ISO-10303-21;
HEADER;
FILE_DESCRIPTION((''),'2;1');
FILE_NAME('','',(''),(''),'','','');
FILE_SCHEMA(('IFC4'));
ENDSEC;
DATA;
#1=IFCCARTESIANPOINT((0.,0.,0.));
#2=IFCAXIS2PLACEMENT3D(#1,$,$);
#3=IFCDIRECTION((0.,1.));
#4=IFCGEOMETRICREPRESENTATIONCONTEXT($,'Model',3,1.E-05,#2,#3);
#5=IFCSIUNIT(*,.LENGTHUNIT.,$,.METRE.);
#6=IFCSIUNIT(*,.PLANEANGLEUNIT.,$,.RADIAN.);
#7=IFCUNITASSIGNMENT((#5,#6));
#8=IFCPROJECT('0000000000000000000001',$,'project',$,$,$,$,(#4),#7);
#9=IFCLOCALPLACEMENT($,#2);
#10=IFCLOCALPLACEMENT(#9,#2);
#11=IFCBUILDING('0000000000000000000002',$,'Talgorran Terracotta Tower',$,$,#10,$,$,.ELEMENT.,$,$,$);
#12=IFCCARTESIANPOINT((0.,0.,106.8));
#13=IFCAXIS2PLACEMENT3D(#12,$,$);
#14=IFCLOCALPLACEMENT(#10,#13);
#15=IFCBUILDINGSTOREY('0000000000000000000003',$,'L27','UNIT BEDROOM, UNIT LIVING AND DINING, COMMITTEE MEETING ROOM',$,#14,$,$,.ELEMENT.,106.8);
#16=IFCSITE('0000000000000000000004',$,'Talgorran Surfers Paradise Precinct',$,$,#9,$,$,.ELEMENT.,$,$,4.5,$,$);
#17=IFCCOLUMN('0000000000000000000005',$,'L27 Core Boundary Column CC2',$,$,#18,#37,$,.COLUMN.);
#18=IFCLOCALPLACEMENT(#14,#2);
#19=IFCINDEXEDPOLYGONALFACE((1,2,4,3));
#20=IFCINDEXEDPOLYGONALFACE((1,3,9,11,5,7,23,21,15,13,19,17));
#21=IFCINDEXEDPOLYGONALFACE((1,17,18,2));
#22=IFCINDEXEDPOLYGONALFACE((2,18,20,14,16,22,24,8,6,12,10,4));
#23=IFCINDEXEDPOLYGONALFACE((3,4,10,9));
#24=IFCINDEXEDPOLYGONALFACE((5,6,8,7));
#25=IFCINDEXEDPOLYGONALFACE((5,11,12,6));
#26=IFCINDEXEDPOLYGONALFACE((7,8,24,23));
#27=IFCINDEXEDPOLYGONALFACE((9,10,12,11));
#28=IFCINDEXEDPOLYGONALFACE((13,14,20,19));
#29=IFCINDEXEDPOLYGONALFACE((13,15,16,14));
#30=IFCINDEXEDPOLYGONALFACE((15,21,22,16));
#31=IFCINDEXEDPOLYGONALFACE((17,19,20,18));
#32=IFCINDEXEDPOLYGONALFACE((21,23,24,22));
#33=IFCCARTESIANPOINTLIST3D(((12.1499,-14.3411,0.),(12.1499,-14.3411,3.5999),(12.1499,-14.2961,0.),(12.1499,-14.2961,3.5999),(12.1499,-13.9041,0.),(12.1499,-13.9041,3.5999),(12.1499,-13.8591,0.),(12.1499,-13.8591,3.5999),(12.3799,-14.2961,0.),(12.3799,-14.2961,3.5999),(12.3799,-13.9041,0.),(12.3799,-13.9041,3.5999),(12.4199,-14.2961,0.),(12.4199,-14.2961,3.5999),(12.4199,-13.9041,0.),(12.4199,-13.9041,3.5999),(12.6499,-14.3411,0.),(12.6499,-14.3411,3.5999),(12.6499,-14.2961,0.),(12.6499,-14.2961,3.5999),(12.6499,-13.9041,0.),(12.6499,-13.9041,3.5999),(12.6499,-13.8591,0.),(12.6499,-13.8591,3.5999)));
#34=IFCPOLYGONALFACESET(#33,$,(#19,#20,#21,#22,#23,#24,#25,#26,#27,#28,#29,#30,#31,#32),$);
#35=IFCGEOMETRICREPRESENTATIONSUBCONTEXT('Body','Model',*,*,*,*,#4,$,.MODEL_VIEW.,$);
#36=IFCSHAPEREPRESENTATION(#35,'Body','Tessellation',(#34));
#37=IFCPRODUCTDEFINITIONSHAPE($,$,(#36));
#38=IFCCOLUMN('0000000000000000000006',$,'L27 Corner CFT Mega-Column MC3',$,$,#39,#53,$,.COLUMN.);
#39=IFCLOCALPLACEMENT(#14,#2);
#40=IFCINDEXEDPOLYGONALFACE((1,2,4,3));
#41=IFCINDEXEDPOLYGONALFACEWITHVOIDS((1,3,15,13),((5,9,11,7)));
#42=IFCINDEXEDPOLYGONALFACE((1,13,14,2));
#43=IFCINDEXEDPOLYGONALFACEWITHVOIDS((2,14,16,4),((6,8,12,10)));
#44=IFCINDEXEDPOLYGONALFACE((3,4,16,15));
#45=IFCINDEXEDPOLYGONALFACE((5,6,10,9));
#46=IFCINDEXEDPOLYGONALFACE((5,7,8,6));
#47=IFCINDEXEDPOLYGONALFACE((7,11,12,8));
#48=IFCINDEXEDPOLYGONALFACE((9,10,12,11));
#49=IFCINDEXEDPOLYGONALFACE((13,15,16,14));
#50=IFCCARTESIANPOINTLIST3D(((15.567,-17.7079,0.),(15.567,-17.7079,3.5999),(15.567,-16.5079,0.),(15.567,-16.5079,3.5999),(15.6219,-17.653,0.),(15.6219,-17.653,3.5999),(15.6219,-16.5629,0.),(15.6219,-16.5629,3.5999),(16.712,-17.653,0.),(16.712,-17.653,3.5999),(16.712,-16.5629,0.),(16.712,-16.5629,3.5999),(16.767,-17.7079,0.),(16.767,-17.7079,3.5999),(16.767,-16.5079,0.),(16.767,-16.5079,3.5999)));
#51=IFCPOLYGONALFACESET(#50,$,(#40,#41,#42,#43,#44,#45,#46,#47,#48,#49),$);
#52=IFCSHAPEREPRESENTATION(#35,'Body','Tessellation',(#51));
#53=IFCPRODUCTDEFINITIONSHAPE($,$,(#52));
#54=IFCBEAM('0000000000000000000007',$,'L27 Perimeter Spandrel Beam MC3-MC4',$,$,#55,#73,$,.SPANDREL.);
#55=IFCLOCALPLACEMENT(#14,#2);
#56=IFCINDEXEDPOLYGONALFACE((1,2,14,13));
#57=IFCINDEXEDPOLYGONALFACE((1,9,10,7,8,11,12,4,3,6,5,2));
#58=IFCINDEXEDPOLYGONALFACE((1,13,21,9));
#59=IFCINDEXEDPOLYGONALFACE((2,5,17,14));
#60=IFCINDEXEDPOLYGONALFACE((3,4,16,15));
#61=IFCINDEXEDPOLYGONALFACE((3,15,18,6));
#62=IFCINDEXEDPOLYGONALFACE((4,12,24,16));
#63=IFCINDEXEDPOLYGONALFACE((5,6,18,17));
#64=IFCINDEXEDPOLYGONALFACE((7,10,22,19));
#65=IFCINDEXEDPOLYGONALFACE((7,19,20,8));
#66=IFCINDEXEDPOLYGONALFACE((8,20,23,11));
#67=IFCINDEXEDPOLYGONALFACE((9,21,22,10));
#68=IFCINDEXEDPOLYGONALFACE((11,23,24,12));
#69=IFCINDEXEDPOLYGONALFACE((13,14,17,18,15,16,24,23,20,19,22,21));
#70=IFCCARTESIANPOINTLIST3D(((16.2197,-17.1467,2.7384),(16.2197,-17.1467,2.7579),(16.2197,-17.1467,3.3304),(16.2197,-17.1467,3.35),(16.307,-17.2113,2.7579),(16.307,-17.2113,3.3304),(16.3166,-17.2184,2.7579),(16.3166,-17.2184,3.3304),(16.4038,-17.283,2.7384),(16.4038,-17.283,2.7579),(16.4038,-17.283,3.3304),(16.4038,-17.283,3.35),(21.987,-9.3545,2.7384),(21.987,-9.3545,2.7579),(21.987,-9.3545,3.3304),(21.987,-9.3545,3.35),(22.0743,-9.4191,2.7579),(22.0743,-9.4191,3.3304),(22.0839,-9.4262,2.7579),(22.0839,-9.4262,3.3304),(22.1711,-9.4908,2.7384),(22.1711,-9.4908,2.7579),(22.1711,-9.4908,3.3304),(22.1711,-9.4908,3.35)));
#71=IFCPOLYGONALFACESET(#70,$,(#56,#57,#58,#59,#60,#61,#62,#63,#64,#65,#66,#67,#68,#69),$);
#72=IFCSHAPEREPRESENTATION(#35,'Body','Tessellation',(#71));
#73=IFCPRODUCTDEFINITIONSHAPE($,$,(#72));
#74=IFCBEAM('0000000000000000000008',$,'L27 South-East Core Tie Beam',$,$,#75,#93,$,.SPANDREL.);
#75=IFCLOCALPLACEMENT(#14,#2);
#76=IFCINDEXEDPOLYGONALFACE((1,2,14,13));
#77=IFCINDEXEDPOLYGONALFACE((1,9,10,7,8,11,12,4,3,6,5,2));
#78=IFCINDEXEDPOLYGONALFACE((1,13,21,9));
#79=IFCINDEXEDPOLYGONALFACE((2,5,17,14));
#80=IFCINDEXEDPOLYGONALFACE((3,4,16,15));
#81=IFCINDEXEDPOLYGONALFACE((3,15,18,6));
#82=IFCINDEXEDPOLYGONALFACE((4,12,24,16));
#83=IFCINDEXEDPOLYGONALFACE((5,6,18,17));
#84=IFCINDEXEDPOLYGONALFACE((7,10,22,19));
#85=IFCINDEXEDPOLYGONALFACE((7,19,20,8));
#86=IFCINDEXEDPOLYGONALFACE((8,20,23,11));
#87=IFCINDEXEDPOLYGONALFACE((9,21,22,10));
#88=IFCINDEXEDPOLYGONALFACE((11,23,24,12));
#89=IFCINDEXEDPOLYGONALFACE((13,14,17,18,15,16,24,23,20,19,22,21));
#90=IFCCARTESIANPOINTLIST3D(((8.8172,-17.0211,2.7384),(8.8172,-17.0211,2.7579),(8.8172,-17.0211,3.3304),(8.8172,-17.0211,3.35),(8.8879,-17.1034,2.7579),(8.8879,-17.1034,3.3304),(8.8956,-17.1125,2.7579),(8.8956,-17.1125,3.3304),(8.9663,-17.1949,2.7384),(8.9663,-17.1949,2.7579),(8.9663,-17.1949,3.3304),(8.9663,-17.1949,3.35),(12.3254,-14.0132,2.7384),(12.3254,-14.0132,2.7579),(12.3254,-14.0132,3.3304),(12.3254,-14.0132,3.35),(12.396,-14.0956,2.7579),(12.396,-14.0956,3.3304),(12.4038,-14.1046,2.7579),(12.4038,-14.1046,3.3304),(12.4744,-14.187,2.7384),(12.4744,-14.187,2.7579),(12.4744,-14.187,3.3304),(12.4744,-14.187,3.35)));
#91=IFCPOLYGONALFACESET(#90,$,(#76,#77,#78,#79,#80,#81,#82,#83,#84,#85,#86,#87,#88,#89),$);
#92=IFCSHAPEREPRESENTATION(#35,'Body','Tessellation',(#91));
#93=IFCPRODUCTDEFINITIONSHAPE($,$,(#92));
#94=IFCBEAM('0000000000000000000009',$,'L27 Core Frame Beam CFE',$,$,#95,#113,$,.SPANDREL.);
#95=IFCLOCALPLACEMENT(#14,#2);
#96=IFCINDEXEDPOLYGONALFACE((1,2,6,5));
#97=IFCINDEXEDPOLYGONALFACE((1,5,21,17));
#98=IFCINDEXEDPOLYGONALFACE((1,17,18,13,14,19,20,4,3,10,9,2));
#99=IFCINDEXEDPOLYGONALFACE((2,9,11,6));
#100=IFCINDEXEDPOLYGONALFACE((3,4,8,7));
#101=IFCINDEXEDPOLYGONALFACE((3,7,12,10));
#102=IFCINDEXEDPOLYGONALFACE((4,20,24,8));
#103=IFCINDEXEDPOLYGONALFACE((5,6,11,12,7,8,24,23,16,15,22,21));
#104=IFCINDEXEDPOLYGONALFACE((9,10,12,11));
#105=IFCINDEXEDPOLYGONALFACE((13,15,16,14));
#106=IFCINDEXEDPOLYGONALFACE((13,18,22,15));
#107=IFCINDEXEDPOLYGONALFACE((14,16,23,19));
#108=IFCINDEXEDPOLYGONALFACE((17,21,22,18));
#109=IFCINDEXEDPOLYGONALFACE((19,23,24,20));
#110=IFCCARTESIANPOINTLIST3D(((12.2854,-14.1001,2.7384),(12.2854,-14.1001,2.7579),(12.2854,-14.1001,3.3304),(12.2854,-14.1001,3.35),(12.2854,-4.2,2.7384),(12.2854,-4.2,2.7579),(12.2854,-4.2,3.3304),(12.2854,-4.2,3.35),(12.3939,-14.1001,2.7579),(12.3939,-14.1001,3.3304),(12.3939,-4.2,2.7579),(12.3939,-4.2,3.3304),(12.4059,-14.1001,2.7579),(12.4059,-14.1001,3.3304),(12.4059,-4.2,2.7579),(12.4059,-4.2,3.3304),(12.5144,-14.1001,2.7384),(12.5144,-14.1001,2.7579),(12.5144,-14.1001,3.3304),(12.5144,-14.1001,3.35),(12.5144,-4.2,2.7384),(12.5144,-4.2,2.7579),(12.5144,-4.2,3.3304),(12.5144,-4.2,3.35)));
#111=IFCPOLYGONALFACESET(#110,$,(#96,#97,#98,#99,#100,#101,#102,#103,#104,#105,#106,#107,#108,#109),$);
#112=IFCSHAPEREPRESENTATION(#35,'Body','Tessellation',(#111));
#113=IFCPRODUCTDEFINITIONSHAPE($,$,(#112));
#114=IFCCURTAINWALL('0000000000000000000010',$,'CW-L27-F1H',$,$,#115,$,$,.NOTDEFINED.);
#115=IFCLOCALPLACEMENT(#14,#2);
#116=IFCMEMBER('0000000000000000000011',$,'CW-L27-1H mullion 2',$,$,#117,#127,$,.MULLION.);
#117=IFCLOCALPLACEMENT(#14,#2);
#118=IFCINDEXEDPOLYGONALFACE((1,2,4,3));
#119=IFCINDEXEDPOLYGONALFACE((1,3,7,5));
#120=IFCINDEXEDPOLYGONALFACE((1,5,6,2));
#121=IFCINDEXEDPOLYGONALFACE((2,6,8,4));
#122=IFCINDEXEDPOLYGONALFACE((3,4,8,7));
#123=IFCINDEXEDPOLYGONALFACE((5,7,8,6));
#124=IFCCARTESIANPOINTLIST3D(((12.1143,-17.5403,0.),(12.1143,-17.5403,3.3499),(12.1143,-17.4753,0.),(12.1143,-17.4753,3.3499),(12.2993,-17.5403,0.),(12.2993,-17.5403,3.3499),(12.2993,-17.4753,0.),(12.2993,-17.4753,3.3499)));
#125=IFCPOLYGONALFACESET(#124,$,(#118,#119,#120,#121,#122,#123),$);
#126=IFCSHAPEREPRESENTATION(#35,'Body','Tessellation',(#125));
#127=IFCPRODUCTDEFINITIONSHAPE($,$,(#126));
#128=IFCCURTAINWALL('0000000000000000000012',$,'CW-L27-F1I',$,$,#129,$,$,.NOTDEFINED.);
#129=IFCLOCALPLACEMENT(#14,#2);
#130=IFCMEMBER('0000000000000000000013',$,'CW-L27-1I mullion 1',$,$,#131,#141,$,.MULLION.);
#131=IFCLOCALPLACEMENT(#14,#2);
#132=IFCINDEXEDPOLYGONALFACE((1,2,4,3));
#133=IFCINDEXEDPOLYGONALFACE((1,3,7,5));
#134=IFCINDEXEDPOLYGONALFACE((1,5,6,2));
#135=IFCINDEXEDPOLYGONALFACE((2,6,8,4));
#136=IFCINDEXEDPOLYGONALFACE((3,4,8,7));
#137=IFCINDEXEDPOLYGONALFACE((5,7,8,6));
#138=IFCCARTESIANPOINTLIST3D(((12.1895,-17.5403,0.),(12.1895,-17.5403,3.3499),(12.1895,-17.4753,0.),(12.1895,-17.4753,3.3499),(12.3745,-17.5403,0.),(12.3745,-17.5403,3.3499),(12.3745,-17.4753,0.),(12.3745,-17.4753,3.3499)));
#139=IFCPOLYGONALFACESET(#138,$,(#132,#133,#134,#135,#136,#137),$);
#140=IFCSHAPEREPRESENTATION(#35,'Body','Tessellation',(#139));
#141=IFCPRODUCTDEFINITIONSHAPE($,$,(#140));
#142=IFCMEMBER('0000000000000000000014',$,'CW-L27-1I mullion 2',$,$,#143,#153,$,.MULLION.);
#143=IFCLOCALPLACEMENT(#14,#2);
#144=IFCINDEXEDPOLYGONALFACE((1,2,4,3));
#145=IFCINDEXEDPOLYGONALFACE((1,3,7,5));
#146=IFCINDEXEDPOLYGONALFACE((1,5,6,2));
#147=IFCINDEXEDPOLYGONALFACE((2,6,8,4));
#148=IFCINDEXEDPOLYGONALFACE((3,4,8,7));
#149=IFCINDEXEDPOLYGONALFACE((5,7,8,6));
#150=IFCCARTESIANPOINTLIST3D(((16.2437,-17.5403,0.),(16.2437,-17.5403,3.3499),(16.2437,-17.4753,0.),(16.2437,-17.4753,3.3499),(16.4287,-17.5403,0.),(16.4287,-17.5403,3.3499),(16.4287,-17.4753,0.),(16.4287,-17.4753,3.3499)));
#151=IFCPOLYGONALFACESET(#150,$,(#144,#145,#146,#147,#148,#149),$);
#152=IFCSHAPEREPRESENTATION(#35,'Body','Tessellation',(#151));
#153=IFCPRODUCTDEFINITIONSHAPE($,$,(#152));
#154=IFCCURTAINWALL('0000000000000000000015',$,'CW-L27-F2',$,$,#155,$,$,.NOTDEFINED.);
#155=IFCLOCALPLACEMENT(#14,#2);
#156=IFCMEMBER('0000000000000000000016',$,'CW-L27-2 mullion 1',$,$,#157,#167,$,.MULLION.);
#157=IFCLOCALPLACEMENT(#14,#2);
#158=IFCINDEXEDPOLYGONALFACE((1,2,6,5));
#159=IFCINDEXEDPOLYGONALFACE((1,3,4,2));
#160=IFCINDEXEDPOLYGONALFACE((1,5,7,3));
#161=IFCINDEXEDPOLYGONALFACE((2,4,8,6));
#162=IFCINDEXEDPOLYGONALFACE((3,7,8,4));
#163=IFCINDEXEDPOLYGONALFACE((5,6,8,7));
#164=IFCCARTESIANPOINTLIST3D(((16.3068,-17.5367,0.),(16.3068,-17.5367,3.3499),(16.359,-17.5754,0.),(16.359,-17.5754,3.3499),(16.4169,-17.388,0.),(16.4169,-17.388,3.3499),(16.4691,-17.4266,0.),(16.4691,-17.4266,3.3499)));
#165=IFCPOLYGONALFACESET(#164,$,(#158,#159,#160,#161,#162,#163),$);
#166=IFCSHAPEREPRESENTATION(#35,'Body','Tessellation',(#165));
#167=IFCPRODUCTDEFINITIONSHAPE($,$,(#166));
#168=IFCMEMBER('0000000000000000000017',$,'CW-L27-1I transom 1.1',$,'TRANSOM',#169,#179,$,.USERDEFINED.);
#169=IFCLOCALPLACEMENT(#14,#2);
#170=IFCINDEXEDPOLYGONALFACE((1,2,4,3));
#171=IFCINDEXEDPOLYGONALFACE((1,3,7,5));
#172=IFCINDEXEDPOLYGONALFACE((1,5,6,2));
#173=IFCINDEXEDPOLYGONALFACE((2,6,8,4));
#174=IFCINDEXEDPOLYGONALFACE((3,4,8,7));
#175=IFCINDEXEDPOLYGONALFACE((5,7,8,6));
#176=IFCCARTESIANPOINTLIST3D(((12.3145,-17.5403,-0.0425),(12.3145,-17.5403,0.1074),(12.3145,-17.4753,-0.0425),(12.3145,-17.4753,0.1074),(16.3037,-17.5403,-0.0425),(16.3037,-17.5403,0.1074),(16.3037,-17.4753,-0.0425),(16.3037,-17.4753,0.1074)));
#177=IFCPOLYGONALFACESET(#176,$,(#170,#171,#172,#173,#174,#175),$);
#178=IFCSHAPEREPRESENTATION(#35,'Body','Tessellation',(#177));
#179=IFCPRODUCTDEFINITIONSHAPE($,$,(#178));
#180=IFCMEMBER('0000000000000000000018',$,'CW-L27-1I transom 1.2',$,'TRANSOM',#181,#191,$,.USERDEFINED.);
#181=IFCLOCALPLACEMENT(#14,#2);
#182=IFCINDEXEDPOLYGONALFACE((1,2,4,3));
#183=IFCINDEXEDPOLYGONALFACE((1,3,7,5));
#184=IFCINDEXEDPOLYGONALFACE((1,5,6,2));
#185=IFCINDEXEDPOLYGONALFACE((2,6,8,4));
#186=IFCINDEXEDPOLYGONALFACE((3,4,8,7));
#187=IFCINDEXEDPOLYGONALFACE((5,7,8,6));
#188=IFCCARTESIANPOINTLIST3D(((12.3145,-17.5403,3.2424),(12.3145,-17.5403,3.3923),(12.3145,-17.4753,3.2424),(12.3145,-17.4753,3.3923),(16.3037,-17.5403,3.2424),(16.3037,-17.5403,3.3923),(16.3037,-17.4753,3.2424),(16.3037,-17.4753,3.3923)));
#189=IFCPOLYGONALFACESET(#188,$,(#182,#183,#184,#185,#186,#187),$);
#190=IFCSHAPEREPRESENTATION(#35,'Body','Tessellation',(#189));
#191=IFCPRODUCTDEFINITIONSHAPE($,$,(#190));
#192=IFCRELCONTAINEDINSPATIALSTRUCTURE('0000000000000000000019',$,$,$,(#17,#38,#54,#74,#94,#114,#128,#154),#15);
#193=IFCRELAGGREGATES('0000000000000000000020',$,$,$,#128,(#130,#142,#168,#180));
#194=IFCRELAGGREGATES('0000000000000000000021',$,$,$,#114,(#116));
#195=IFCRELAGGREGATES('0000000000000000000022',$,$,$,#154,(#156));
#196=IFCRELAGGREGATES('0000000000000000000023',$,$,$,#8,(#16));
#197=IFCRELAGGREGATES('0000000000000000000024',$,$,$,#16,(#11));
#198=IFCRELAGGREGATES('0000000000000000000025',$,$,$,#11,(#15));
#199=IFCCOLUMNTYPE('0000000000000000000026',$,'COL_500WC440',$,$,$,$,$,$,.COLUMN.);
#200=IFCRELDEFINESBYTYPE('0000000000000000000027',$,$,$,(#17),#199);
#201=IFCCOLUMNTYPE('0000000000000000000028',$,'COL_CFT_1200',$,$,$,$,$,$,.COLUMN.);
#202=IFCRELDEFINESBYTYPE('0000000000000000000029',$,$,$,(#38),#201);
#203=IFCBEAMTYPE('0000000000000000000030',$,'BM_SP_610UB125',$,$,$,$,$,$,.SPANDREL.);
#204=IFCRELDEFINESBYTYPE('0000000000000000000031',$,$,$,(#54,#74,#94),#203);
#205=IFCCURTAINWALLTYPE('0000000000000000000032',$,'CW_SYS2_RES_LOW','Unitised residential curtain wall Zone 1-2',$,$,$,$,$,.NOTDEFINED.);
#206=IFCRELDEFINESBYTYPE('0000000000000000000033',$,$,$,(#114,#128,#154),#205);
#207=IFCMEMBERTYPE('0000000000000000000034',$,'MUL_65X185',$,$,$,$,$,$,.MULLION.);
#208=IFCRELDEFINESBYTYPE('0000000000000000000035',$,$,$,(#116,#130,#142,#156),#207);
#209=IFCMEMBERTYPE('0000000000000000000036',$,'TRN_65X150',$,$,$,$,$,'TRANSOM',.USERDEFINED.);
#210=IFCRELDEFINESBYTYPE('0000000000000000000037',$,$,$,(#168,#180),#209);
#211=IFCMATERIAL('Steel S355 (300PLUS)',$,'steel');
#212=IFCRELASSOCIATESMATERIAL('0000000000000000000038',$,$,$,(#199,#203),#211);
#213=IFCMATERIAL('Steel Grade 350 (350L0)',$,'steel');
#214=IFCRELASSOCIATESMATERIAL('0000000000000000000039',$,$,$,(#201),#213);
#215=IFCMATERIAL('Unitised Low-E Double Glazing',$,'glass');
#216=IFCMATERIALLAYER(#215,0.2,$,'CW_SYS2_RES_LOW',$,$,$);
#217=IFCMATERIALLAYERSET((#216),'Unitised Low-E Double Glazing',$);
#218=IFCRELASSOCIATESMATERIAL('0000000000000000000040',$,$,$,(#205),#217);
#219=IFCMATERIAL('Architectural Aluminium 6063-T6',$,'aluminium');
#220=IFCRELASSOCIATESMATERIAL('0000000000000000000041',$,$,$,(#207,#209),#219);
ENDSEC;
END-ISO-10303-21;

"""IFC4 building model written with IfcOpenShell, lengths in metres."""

from ifc_helpers import new_model, si_unit, direction, frame, origin, origin_2d, place, context, subcontext, project, spatial, rectangle, hollow_rectangle, i_section, extrude, material, layer, layer_set, material_profile, profile_set, type_object, element, aggregate, save


model = new_model("IFC4")

# Units and contexts
model_context = context("Model", 3, precision=1e-05, world=origin(), true_north=direction((0.0, 1.0)))
body_context = subcontext(model_context, "Body", "Model", "MODEL_VIEW")
ifc_project = project(units=[si_unit("LENGTHUNIT", "METRE"), si_unit("PLANEANGLEUNIT", "RADIAN")], contexts=[model_context])

# Site, building, storey
site_placement = place(None, origin())
site = spatial("IfcSite", under=ifc_project, at=site_placement, Name="Talgorran Surfers Paradise Precinct", CompositionType="ELEMENT", RefElevation=4.5)
building_placement = place(site_placement, origin())
building = spatial("IfcBuilding", under=site, at=building_placement, Name="Talgorran Terracotta Tower", CompositionType="ELEMENT")
storey_placement = place(building_placement, frame((0.0, 0.0, 106.8)))
storey = spatial("IfcBuildingStorey", under=building, at=storey_placement, Name="L27", Description="UNIT BEDROOM, UNIT LIVING AND DINING, COMMITTEE MEETING ROOM", CompositionType="ELEMENT", Elevation=106.8)

# Columns
ifc_material_1 = material(Name="Steel S355 (300PLUS)", Category="steel")
ifc_material_profile_1 = material_profile(ifc_material_1, i_section(OverallWidth=0.5, OverallDepth=0.4819, WebThickness=0.04, FlangeThickness=0.0449, at=origin_2d()), Name="500WC440")
ifc_profile_set_1 = profile_set([ifc_material_profile_1], Name="Steel S355 (300PLUS)")
column_type_1 = type_object("IfcColumnType", Name="COL_500WC440", PredefinedType="COLUMN", material=ifc_profile_set_1)
column_1_placement = place(storey_placement, frame((12.3999, -14.1001, 0.0), z_axis=(0.0, 0.0, 1.0), x_axis=(1.0, 0.0, 0.0)))
element("IfcColumn", 1, at=column_1_placement, inside=storey, type_object=column_type_1, Name="L27 Core Boundary Column CC2", PredefinedType="COLUMN", context=body_context, shape_type="SweptSolid", body=[
    extrude(i_section(OverallWidth=0.5, OverallDepth=0.4819, WebThickness=0.04, FlangeThickness=0.0449, at=origin_2d()), origin(), (0.0, 0.0, 1.0), 3.5999),
])
ifc_material_2 = material(Name="Steel Grade 350 (350L0)", Category="steel")
ifc_material_profile_2 = material_profile(ifc_material_2, hollow_rectangle(XDim=1.2, YDim=1.2, WallThickness=0.0549, at=origin_2d()), Name="CFT1200X1200X55")
ifc_profile_set_2 = profile_set([ifc_material_profile_2], Name="Steel Grade 350 (350L0)")
column_type_2 = type_object("IfcColumnType", Name="COL_CFT_1200", PredefinedType="COLUMN", material=ifc_profile_set_2)
column_2_placement = place(storey_placement, frame((16.167, -17.1079, 0.0), z_axis=(0.0, 0.0, 1.0), x_axis=(1.0, 0.0, 0.0)))
element("IfcColumn", 2, at=column_2_placement, inside=storey, type_object=column_type_2, Name="L27 Corner CFT Mega-Column MC3", PredefinedType="COLUMN", context=body_context, shape_type="SweptSolid", body=[
    extrude(hollow_rectangle(XDim=1.2, YDim=1.2, WallThickness=0.0549, at=origin_2d()), origin(), (0.0, 0.0, 1.0), 3.5999),
])

# Beams
ifc_material_profile_3 = material_profile(ifc_material_1, i_section(OverallWidth=0.229, OverallDepth=0.6116, WebThickness=0.012, FlangeThickness=0.0195, at=origin_2d()), Name="610UB125")
ifc_profile_set_3 = profile_set([ifc_material_profile_3], Name="Steel S355 (300PLUS)")
beam_type = type_object("IfcBeamType", Name="BM_SP_610UB125", PredefinedType="SPANDREL", material=ifc_profile_set_3)
beam_1_placement = place(storey_placement, frame((16.3118, -17.2148, 3.0442), z_axis=(0.594915, 0.803789, 0.0), x_axis=(-0.803789, 0.594915, 0.0)))
element("IfcBeam", 3, at=beam_1_placement, inside=storey, type_object=beam_type, Name="L27 Perimeter Spandrel Beam MC3-MC4", PredefinedType="SPANDREL", context=body_context, shape_type="SweptSolid", body=[
    extrude(i_section(OverallWidth=0.229, OverallDepth=0.6116, WebThickness=0.012, FlangeThickness=0.0195, at=origin_2d()), origin(), (0.0, 0.0, 1.0), 9.6943),
])
beam_2_placement = place(storey_placement, frame((12.3999, -14.1001, 3.0442), z_axis=(-0.75916, -0.650904, 0.0), x_axis=(0.650904, -0.75916, 0.0)))
element("IfcBeam", 4, at=beam_2_placement, inside=storey, type_object=beam_type, Name="L27 South-East Core Tie Beam", PredefinedType="SPANDREL", context=body_context, shape_type="SweptSolid", body=[
    extrude(i_section(OverallWidth=0.229, OverallDepth=0.6116, WebThickness=0.012, FlangeThickness=0.0195, at=origin_2d()), origin(), (0.0, 0.0, 1.0), 4.6211),
])
beam_3_placement = place(storey_placement, frame((12.3999, -14.1001, 3.0442), z_axis=(0.0, 1.0, 0.0), x_axis=(-1.0, 0.0, 0.0)))
element("IfcBeam", 5, at=beam_3_placement, inside=storey, type_object=beam_type, Name="L27 Core Frame Beam CFE", PredefinedType="SPANDREL", context=body_context, shape_type="SweptSolid", body=[
    extrude(i_section(OverallWidth=0.229, OverallDepth=0.6116, WebThickness=0.012, FlangeThickness=0.0195, at=origin_2d()), origin(), (0.0, 0.0, 1.0), 9.9001),
])

# Curtain wall, member
ifc_material_3 = material(Name="Unitised Low-E Double Glazing", Category="glass")
ifc_layer_1 = layer(ifc_material_3, 0.2, Name="CW_SYS2_RES_LOW")
ifc_layer_set_1 = layer_set([ifc_layer_1], Name="Unitised Low-E Double Glazing")
curtain_wall_type = type_object("IfcCurtainWallType", Name="CW_SYS2_RES_LOW", Description="Unitised residential curtain wall Zone 1-2", PredefinedType="NOTDEFINED", material=ifc_layer_set_1)
curtain_wall_1_placement = place(storey_placement, origin())
curtain_wall_1 = element("IfcCurtainWall", 6, at=curtain_wall_1_placement, inside=storey, type_object=curtain_wall_type, Name="CW-L27-F1H", PredefinedType="NOTDEFINED")
ifc_material_4 = material(Name="Architectural Aluminium 6063-T6", Category="aluminium")
ifc_material_profile_4 = material_profile(ifc_material_4, rectangle(XDim=0.0649, YDim=0.1851, at=origin_2d()), Name="CWM65X185")
ifc_profile_set_4 = profile_set([ifc_material_profile_4], Name="Architectural Aluminium 6063-T6")
member_type_1 = type_object("IfcMemberType", Name="MUL_65X185", PredefinedType="MULLION", material=ifc_profile_set_4)
member_1_placement = place(storey_placement, frame((12.2068, -17.5078, 0.0), z_axis=(0.0, 0.0, 1.0), x_axis=(0.0, 1.0, 0.0)))
member_1 = element("IfcMember", 7, at=member_1_placement, type_object=member_type_1, Name="CW-L27-1H mullion 2", PredefinedType="MULLION", context=body_context, shape_type="SweptSolid", body=[
    extrude(rectangle(XDim=0.0649, YDim=0.1851, at=origin_2d()), origin(), (0.0, 0.0, 1.0), 3.3499),
])

# Curtain wall, members
curtain_wall_2_placement = place(storey_placement, origin())
curtain_wall_2 = element("IfcCurtainWall", 8, at=curtain_wall_2_placement, inside=storey, type_object=curtain_wall_type, Name="CW-L27-F1I", PredefinedType="NOTDEFINED")
member_2_placement = place(storey_placement, frame((12.282, -17.5078, 0.0), z_axis=(0.0, 0.0, 1.0), x_axis=(0.0, 1.0, 0.0)))
member_2 = element("IfcMember", 9, at=member_2_placement, type_object=member_type_1, Name="CW-L27-1I mullion 1", PredefinedType="MULLION", context=body_context, shape_type="SweptSolid", body=[
    extrude(rectangle(XDim=0.0649, YDim=0.1851, at=origin_2d()), origin(), (0.0, 0.0, 1.0), 3.3499),
])
member_3_placement = place(storey_placement, frame((16.3362, -17.5078, 0.0), z_axis=(0.0, 0.0, 1.0), x_axis=(0.0, 1.0, 0.0)))
member_3 = element("IfcMember", 10, at=member_3_placement, type_object=member_type_1, Name="CW-L27-1I mullion 2", PredefinedType="MULLION", context=body_context, shape_type="SweptSolid", body=[
    extrude(rectangle(XDim=0.0649, YDim=0.1851, at=origin_2d()), origin(), (0.0, 0.0, 1.0), 3.3499),
])

# Curtain wall, member
curtain_wall_3_placement = place(storey_placement, origin())
curtain_wall_3 = element("IfcCurtainWall", 11, at=curtain_wall_3_placement, inside=storey, type_object=curtain_wall_type, Name="CW-L27-F2", PredefinedType="NOTDEFINED")
member_4_placement = place(storey_placement, frame((16.3879, -17.4817, 0.0), z_axis=(0.0, 0.0, 1.0), x_axis=(-0.803792, 0.594911, 0.0)))
member_4 = element("IfcMember", 12, at=member_4_placement, type_object=member_type_1, Name="CW-L27-2 mullion 1", PredefinedType="MULLION", context=body_context, shape_type="SweptSolid", body=[
    extrude(rectangle(XDim=0.0649, YDim=0.1851, at=origin_2d()), origin(), (0.0, 0.0, 1.0), 3.3499),
])

# Members
ifc_material_profile_5 = material_profile(ifc_material_4, rectangle(XDim=0.0649, YDim=0.1499, at=origin_2d()), Name="CWT65X150")
ifc_profile_set_5 = profile_set([ifc_material_profile_5], Name="Architectural Aluminium 6063-T6")
member_type_2 = type_object("IfcMemberType", Name="TRN_65X150", ElementType="TRANSOM", PredefinedType="USERDEFINED", material=ifc_profile_set_5)
member_5_placement = place(storey_placement, frame((12.3145, -17.5078, 0.0325), z_axis=(1.0, 0.0, 0.0), x_axis=(0.0, 1.0, 0.0)))
member_5 = element("IfcMember", 13, at=member_5_placement, type_object=member_type_2, Name="CW-L27-1I transom 1.1", ObjectType="TRANSOM", PredefinedType="USERDEFINED", context=body_context, shape_type="SweptSolid", body=[
    extrude(rectangle(XDim=0.0649, YDim=0.1499, at=origin_2d()), origin(), (0.0, 0.0, 1.0), 3.9893),
])
member_6_placement = place(storey_placement, frame((12.3145, -17.5078, 3.3174), z_axis=(1.0, 0.0, 0.0), x_axis=(0.0, 1.0, 0.0)))
member_6 = element("IfcMember", 14, at=member_6_placement, type_object=member_type_2, Name="CW-L27-1I transom 1.2", ObjectType="TRANSOM", PredefinedType="USERDEFINED", context=body_context, shape_type="SweptSolid", body=[
    extrude(rectangle(XDim=0.0649, YDim=0.1499, at=origin_2d()), origin(), (0.0, 0.0, 1.0), 3.9893),
])

aggregate(curtain_wall_2, [member_2, member_3, member_5, member_6])
aggregate(curtain_wall_1, [member_1])
aggregate(curtain_wall_3, [member_4])

save(model, "model.ifc")
